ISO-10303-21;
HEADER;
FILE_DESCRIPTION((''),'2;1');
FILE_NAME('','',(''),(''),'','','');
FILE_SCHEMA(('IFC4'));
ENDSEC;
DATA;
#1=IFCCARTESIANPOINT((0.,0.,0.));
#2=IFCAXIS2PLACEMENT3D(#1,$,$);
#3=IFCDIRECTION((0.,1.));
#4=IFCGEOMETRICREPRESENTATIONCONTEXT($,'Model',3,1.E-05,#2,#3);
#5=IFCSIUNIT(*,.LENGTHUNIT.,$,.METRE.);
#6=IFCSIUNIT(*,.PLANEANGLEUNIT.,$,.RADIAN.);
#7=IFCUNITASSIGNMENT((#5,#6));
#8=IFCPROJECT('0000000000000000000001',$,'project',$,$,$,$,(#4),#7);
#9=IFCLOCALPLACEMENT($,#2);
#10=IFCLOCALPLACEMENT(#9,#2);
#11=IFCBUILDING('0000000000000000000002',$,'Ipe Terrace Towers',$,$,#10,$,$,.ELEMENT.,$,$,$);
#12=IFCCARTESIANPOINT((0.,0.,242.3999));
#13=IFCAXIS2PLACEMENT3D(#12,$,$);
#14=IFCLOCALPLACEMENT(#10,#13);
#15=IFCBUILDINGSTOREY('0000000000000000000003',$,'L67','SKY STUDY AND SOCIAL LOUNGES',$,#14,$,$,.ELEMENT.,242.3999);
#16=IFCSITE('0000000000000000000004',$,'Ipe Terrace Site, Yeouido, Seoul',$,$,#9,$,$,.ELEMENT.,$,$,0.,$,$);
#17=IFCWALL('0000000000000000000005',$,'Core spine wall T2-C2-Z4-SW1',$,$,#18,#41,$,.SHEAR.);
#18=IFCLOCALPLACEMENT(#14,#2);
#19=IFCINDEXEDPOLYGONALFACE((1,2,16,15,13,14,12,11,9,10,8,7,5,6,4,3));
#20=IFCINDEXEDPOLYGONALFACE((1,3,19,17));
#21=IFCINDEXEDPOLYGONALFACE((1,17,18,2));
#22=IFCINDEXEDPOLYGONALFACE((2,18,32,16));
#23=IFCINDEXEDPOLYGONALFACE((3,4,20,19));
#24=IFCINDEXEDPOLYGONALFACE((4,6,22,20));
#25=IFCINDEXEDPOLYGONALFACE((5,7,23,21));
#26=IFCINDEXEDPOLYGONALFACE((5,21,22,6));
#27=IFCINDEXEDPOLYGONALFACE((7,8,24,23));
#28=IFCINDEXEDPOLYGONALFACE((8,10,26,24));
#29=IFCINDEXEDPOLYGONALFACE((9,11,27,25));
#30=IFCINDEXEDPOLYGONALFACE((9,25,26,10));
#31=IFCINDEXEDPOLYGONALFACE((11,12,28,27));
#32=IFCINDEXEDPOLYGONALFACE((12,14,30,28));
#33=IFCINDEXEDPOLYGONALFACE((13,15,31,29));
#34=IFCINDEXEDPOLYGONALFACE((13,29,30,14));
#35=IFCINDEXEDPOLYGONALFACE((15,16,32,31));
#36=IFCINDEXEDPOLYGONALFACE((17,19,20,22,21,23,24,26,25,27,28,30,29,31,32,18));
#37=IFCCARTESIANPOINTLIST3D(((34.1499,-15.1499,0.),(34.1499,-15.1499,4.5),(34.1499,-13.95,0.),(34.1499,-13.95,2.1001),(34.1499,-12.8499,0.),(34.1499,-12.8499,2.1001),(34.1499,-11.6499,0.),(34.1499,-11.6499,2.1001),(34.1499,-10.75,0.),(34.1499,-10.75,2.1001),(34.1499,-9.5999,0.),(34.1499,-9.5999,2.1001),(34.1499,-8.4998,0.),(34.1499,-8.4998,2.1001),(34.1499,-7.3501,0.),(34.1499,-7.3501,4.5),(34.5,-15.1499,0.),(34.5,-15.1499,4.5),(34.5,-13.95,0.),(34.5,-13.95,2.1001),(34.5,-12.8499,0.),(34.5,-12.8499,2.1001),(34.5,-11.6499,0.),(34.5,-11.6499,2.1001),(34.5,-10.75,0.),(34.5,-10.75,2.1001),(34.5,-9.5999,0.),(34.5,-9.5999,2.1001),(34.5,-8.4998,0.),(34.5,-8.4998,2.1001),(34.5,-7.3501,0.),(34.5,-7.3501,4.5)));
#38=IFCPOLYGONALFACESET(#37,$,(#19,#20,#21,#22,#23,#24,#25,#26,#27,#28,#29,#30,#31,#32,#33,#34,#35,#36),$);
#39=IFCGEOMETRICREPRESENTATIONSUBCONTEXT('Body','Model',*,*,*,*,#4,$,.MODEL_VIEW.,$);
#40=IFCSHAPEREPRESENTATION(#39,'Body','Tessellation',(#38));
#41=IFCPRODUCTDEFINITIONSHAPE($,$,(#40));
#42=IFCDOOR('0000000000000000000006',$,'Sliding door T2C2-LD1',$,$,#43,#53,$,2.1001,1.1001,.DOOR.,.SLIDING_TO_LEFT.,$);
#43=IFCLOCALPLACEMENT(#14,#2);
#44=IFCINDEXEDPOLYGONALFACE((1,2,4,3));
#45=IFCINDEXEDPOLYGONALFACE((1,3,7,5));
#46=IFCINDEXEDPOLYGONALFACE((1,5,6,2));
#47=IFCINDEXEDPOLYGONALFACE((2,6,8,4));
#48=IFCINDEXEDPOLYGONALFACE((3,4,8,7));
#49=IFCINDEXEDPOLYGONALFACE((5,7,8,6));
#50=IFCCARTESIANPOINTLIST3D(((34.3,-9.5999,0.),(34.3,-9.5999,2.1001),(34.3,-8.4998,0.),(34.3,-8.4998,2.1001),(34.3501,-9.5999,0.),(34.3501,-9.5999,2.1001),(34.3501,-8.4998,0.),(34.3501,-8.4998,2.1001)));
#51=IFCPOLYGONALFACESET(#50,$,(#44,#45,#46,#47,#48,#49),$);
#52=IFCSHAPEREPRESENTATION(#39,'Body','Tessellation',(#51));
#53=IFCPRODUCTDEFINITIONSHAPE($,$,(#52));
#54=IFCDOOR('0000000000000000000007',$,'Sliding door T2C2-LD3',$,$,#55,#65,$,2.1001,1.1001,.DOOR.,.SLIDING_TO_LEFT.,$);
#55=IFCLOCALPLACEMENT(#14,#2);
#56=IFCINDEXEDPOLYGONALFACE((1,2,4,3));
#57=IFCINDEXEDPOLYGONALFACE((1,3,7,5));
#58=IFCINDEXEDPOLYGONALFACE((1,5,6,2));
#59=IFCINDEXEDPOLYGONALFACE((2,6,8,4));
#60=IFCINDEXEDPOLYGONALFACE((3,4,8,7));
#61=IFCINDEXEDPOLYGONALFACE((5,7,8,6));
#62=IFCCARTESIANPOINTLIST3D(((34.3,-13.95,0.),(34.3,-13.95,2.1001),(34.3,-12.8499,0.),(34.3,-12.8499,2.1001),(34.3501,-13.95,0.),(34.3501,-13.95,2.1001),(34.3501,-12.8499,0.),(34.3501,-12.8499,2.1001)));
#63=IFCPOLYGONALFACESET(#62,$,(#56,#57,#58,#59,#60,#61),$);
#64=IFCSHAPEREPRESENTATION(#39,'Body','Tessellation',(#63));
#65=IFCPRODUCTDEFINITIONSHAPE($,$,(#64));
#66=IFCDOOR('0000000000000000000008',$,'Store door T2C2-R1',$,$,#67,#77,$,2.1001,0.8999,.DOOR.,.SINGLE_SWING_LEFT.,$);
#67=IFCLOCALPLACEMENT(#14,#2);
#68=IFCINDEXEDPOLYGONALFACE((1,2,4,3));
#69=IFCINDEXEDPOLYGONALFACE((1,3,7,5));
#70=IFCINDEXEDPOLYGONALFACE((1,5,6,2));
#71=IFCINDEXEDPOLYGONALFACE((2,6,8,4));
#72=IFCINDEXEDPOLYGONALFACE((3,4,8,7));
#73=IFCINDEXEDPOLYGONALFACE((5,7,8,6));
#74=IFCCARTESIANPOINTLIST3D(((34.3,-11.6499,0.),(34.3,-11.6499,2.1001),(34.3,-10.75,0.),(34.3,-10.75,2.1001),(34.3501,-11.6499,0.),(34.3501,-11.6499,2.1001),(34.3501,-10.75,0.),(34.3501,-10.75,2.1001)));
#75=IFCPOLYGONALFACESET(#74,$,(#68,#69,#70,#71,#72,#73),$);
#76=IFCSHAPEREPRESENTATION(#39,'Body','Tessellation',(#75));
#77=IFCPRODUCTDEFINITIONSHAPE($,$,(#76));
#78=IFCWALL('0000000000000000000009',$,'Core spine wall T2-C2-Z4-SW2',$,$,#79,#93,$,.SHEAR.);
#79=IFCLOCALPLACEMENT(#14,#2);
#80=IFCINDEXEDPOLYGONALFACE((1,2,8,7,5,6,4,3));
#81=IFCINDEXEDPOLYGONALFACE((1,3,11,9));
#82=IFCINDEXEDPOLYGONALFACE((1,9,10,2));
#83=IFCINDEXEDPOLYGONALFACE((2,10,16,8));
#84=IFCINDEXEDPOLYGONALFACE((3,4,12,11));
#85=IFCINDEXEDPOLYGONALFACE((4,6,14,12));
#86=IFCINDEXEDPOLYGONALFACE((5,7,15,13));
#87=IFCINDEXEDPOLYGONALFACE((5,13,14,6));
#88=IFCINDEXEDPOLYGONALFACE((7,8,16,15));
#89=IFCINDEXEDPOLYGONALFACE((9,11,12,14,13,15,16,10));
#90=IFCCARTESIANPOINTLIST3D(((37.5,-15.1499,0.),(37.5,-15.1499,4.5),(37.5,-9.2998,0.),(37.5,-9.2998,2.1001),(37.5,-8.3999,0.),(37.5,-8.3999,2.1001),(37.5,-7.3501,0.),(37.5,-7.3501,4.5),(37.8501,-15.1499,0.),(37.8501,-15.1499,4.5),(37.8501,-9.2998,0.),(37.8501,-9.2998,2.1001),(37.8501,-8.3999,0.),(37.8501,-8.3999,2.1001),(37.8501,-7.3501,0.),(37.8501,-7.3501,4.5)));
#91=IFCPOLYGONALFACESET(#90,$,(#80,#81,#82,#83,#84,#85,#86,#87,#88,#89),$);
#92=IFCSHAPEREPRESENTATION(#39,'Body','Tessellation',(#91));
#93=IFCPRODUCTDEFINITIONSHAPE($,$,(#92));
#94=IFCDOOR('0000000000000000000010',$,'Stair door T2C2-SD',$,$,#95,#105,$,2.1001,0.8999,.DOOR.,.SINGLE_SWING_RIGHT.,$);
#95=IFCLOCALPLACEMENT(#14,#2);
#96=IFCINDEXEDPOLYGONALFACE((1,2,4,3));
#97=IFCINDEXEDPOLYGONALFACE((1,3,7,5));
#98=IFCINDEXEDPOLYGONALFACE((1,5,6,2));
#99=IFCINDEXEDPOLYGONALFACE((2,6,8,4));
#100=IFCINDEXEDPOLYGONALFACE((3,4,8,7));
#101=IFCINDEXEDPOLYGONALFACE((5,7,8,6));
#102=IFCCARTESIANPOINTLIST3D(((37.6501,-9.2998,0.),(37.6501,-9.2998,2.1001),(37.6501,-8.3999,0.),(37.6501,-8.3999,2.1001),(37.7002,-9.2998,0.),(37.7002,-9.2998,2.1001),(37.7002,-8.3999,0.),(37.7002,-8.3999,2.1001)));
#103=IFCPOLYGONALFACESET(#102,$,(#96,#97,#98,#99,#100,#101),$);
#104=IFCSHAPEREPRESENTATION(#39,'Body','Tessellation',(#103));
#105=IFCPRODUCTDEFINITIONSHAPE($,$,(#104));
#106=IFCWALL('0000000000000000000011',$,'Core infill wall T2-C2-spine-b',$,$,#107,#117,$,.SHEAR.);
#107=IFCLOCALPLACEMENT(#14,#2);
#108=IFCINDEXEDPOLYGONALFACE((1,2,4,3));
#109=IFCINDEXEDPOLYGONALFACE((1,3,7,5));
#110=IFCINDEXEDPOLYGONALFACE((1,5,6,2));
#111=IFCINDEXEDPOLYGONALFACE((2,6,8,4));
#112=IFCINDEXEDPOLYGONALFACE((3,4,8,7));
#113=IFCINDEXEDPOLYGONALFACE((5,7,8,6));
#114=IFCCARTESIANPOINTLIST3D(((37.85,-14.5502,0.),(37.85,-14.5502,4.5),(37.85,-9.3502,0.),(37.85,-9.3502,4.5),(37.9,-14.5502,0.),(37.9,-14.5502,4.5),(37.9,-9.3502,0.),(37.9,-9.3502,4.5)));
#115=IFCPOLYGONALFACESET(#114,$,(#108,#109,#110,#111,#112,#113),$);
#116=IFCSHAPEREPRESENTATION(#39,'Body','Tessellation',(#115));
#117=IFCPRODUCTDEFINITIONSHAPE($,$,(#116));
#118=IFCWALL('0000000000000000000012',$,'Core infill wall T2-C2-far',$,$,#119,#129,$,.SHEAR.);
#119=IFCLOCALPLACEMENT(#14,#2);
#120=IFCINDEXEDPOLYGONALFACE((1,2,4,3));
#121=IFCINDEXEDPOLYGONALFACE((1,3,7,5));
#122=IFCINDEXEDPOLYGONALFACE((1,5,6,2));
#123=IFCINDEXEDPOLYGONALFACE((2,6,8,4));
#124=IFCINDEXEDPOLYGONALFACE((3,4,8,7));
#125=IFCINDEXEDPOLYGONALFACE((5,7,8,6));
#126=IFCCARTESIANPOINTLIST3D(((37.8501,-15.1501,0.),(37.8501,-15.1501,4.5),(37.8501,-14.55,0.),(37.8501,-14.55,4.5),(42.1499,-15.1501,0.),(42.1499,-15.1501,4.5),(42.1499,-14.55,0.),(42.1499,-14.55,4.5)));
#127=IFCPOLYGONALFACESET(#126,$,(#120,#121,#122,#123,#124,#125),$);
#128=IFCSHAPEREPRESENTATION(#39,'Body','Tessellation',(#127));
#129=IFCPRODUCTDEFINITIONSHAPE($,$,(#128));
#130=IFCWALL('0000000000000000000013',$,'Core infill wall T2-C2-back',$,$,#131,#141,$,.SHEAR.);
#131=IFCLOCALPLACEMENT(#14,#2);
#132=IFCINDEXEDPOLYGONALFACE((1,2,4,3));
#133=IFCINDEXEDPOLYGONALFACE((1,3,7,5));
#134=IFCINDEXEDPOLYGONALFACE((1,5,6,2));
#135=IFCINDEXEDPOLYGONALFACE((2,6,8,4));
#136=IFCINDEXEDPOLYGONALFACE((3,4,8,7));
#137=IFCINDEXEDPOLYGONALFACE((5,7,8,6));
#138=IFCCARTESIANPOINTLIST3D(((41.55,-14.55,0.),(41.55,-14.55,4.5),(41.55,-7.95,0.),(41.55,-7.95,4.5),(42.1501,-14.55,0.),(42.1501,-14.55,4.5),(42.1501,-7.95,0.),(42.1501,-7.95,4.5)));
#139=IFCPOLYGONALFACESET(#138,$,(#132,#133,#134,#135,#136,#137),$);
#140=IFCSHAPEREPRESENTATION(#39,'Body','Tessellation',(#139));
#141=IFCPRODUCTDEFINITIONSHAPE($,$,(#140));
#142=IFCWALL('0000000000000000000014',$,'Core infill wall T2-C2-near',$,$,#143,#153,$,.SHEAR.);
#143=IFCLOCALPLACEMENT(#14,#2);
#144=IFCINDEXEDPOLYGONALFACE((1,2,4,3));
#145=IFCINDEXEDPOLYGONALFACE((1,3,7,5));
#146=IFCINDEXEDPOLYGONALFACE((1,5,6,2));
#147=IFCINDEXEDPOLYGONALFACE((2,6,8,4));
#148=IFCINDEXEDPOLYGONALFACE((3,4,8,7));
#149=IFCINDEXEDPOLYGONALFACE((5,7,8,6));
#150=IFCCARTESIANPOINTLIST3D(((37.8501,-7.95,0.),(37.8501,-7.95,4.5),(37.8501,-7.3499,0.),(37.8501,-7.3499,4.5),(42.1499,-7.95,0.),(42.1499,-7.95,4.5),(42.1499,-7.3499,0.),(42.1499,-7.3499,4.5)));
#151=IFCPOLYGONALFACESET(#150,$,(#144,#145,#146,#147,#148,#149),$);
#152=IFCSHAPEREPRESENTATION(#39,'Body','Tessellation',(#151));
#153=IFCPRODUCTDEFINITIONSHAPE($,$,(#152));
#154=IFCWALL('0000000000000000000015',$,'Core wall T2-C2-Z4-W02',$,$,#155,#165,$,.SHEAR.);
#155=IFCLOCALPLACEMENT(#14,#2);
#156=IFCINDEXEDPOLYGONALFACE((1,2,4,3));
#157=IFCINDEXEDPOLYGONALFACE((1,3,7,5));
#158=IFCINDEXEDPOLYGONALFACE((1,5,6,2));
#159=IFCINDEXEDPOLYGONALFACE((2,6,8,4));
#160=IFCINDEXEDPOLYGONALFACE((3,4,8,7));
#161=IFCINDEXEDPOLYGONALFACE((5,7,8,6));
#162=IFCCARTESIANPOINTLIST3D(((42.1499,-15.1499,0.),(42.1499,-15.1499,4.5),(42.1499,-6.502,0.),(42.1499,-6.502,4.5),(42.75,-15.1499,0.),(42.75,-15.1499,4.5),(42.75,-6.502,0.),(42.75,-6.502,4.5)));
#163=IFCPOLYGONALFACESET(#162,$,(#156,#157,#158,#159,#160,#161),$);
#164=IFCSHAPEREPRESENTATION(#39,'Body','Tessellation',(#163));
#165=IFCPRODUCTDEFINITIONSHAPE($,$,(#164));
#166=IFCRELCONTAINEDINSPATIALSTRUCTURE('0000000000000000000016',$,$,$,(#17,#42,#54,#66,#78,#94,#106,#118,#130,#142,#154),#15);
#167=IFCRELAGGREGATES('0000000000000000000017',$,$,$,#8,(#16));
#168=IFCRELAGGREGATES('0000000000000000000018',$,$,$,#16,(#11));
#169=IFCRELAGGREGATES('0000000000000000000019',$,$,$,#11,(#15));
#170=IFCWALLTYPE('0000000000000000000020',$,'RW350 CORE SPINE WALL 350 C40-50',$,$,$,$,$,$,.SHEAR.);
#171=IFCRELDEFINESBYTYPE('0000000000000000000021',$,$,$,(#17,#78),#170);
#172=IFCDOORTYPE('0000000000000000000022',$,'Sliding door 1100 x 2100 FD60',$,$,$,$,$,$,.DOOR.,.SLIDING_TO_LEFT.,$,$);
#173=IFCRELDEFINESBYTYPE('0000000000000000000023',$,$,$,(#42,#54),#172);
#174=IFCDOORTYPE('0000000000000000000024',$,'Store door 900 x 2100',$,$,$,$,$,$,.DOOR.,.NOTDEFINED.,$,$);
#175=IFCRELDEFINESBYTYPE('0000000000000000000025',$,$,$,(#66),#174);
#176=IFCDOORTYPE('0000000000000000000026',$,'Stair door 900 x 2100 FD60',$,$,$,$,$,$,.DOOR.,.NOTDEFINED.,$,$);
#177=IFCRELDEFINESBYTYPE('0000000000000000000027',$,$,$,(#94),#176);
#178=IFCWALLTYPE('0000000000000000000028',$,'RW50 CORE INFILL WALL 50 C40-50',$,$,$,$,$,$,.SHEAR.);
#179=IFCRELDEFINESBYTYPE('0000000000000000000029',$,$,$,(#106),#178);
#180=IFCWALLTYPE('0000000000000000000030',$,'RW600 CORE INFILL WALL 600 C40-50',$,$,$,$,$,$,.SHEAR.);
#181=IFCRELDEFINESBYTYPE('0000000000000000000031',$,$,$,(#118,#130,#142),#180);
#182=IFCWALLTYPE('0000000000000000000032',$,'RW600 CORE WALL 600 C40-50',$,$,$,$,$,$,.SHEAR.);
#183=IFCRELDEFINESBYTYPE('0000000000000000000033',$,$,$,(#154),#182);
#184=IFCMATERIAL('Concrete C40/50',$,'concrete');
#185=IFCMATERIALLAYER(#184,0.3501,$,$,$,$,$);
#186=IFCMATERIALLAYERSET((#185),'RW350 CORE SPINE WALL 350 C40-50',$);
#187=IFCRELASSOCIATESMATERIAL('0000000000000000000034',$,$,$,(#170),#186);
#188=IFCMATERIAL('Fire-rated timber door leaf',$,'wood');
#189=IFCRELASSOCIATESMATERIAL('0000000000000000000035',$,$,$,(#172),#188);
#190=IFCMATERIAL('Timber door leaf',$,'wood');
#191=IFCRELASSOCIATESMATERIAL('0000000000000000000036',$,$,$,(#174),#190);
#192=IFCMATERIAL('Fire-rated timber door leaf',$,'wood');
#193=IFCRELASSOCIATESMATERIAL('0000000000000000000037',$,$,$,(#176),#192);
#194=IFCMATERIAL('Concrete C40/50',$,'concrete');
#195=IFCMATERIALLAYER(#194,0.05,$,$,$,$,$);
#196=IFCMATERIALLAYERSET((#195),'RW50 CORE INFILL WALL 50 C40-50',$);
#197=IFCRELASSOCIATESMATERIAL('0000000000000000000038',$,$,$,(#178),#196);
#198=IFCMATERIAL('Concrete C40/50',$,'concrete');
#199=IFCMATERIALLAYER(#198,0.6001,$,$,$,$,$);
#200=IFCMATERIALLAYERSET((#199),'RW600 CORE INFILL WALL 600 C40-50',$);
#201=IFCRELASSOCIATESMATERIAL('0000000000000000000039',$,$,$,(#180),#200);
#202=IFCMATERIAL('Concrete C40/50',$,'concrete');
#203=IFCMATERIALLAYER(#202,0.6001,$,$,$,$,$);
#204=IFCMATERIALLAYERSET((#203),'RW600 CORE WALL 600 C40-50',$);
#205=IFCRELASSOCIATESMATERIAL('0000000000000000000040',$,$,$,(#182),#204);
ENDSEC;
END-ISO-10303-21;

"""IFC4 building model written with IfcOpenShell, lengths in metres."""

from ifc_helpers import new_model, si_unit, direction, frame, frame_2d, origin, place, context, subcontext, project, spatial, rectangle, extrude, material, layer, layer_set, type_object, element, fill, save


model = new_model("IFC4")

# Units and contexts
model_context = context("Model", 3, precision=1e-05, world=origin(), true_north=direction((0.0, 1.0)))
body_context = subcontext(model_context, "Body", "Model", "MODEL_VIEW")
ifc_project = project(units=[si_unit("LENGTHUNIT", "METRE"), si_unit("PLANEANGLEUNIT", "RADIAN")], contexts=[model_context])

# Site, building, storey
site_placement = place(None, origin())
site = spatial("IfcSite", under=ifc_project, at=site_placement, Name="Ipe Terrace Site, Yeouido, Seoul", CompositionType="ELEMENT", RefElevation=0.0)
building_placement = place(site_placement, origin())
building = spatial("IfcBuilding", under=site, at=building_placement, Name="Ipe Terrace Towers", CompositionType="ELEMENT")
storey_placement = place(building_placement, frame((0.0, 0.0, 242.3999)))
storey = spatial("IfcBuildingStorey", under=building, at=storey_placement, Name="L67", Description="SKY STUDY AND SOCIAL LOUNGES", CompositionType="ELEMENT", Elevation=242.3999)

# Wall, openings, doors
ifc_material_1 = material(Name="Concrete C40/50", Category="concrete")
ifc_layer_1 = layer(ifc_material_1, 0.3501)
ifc_layer_set_1 = layer_set([ifc_layer_1], Name="RW350 CORE SPINE WALL 350 C40-50")
wall_type_1 = type_object("IfcWallType", Name="RW350 CORE SPINE WALL 350 C40-50", PredefinedType="SHEAR", material=ifc_layer_set_1)
wall_1_placement = place(storey_placement, frame((34.325, -15.1499, 0.0), z_axis=(0.0, 0.0, 1.0), x_axis=(0.0, 1.0, 0.0)))
wall_1 = element("IfcWall", 1, at=wall_1_placement, inside=storey, type_object=wall_type_1, Name="Core spine wall T2-C2-Z4-SW1", PredefinedType="SHEAR", context=body_context, shape_type="SweptSolid", body=[
    extrude(rectangle(XDim=7.7998, YDim=0.3501, at=frame_2d((3.8999, 0.0))), origin(), (0.0, 0.0, 1.0), 4.5),
])
opening_1_placement = place(wall_1_placement, frame((5.55, 0.0, 0.0)))
opening_1 = element("IfcOpeningElement", 2, at=opening_1_placement, cuts=wall_1, PredefinedType="OPENING", context=body_context, shape_type="SweptSolid", body=[
    extrude(rectangle(XDim=1.1001, YDim=2.1001, at=frame_2d((0.55, 1.05))), frame((0.0, 0.1851, 0.0), z_axis=(0.0, -1.0, 0.0), x_axis=(1.0, 0.0, 0.0)), (0.0, 0.0, 1.0), 0.3701),
])
opening_2_placement = place(wall_1_placement, frame((1.2, 0.0, 0.0)))
opening_2 = element("IfcOpeningElement", 3, at=opening_2_placement, cuts=wall_1, PredefinedType="OPENING", context=body_context, shape_type="SweptSolid", body=[
    extrude(rectangle(XDim=1.1001, YDim=2.1001, at=frame_2d((0.55, 1.05))), frame((0.0, 0.1851, 0.0), z_axis=(0.0, -1.0, 0.0), x_axis=(1.0, 0.0, 0.0)), (0.0, 0.0, 1.0), 0.3701),
])
opening_3_placement = place(wall_1_placement, frame((3.5, 0.0, 0.0)))
opening_3 = element("IfcOpeningElement", 4, at=opening_3_placement, cuts=wall_1, PredefinedType="OPENING", context=body_context, shape_type="SweptSolid", body=[
    extrude(rectangle(XDim=0.8999, YDim=2.1001, at=frame_2d((0.45, 1.05))), frame((0.0, 0.1851, 0.0), z_axis=(0.0, -1.0, 0.0), x_axis=(1.0, 0.0, 0.0)), (0.0, 0.0, 1.0), 0.3701),
])
ifc_material_2 = material(Name="Fire-rated timber door leaf", Category="wood")
door_type_1 = type_object("IfcDoorType", Name="Sliding door 1100 x 2100 FD60", OperationType="SLIDING_TO_LEFT", PredefinedType="DOOR", material=ifc_material_2)
door_1_placement = place(opening_1_placement, origin())
door_1 = element("IfcDoor", 5, at=door_1_placement, inside=storey, type_object=door_type_1, Name="Sliding door T2C2-LD1", OperationType="SLIDING_TO_LEFT", OverallHeight=2.1001, OverallWidth=1.1001, PredefinedType="DOOR", context=body_context, shape_type="SweptSolid", body=[
    extrude(rectangle(XDim=1.1001, YDim=2.1001, at=frame_2d((0.55, 1.05))), frame((0.0, 0.0249, 0.0), z_axis=(0.0, -1.0, 0.0), x_axis=(1.0, 0.0, 0.0)), (0.0, 0.0, 1.0), 0.05),
])
fill(opening_1, door_1)
door_2_placement = place(opening_2_placement, origin())
door_2 = element("IfcDoor", 6, at=door_2_placement, inside=storey, type_object=door_type_1, Name="Sliding door T2C2-LD3", OperationType="SLIDING_TO_LEFT", OverallHeight=2.1001, OverallWidth=1.1001, PredefinedType="DOOR", context=body_context, shape_type="SweptSolid", body=[
    extrude(rectangle(XDim=1.1001, YDim=2.1001, at=frame_2d((0.55, 1.05))), frame((0.0, 0.0249, 0.0), z_axis=(0.0, -1.0, 0.0), x_axis=(1.0, 0.0, 0.0)), (0.0, 0.0, 1.0), 0.05),
])
fill(opening_2, door_2)
ifc_material_3 = material(Name="Timber door leaf", Category="wood")
door_type_2 = type_object("IfcDoorType", Name="Store door 900 x 2100", OperationType="NOTDEFINED", PredefinedType="DOOR", material=ifc_material_3)
door_3_placement = place(opening_3_placement, origin())
door_3 = element("IfcDoor", 7, at=door_3_placement, inside=storey, type_object=door_type_2, Name="Store door T2C2-R1", OperationType="SINGLE_SWING_LEFT", OverallHeight=2.1001, OverallWidth=0.8999, PredefinedType="DOOR", context=body_context, shape_type="SweptSolid", body=[
    extrude(rectangle(XDim=0.8999, YDim=2.1001, at=frame_2d((0.45, 1.05))), frame((0.0, 0.0249, 0.0), z_axis=(0.0, -1.0, 0.0), x_axis=(1.0, 0.0, 0.0)), (0.0, 0.0, 1.0), 0.05),
])
fill(opening_3, door_3)

# Wall, opening, door
wall_2_placement = place(storey_placement, frame((37.675, -15.1499, 0.0), z_axis=(0.0, 0.0, 1.0), x_axis=(0.0, 1.0, 0.0)))
wall_2 = element("IfcWall", 8, at=wall_2_placement, inside=storey, type_object=wall_type_1, Name="Core spine wall T2-C2-Z4-SW2", PredefinedType="SHEAR", context=body_context, shape_type="SweptSolid", body=[
    extrude(rectangle(XDim=7.7998, YDim=0.3501, at=frame_2d((3.8999, 0.0))), origin(), (0.0, 0.0, 1.0), 4.5),
])
opening_4_placement = place(wall_2_placement, frame((5.8501, 0.0, 0.0)))
opening_4 = element("IfcOpeningElement", 9, at=opening_4_placement, cuts=wall_2, PredefinedType="OPENING", context=body_context, shape_type="SweptSolid", body=[
    extrude(rectangle(XDim=0.8999, YDim=2.1001, at=frame_2d((0.45, 1.05))), frame((0.0, 0.1851, 0.0), z_axis=(0.0, -1.0, 0.0), x_axis=(1.0, 0.0, 0.0)), (0.0, 0.0, 1.0), 0.3701),
])
ifc_material_4 = material(Name="Fire-rated timber door leaf", Category="wood")
door_type_3 = type_object("IfcDoorType", Name="Stair door 900 x 2100 FD60", OperationType="NOTDEFINED", PredefinedType="DOOR", material=ifc_material_4)
door_4_placement = place(opening_4_placement, origin())
door_4 = element("IfcDoor", 10, at=door_4_placement, inside=storey, type_object=door_type_3, Name="Stair door T2C2-SD", OperationType="SINGLE_SWING_RIGHT", OverallHeight=2.1001, OverallWidth=0.8999, PredefinedType="DOOR", context=body_context, shape_type="SweptSolid", body=[
    extrude(rectangle(XDim=0.8999, YDim=2.1001, at=frame_2d((0.45, 1.05))), frame((0.0, 0.0249, 0.0), z_axis=(0.0, -1.0, 0.0), x_axis=(1.0, 0.0, 0.0)), (0.0, 0.0, 1.0), 0.05),
])
fill(opening_4, door_4)

# Walls
ifc_material_5 = material(Name="Concrete C40/50", Category="concrete")
ifc_layer_2 = layer(ifc_material_5, 0.05)
ifc_layer_set_2 = layer_set([ifc_layer_2], Name="RW50 CORE INFILL WALL 50 C40-50")
wall_type_2 = type_object("IfcWallType", Name="RW50 CORE INFILL WALL 50 C40-50", PredefinedType="SHEAR", material=ifc_layer_set_2)
wall_3_placement = place(storey_placement, frame((37.875, -9.3501, 0.0), z_axis=(0.0, 0.0, 1.0), x_axis=(0.0, -1.0, 0.0)))
element("IfcWall", 11, at=wall_3_placement, inside=storey, type_object=wall_type_2, Name="Core infill wall T2-C2-spine-b", PredefinedType="SHEAR", context=body_context, shape_type="SweptSolid", body=[
    extrude(rectangle(XDim=5.2, YDim=0.05, at=frame_2d((2.6001, 0.0))), origin(), (0.0, 0.0, 1.0), 4.5),
])
ifc_material_6 = material(Name="Concrete C40/50", Category="concrete")
ifc_layer_3 = layer(ifc_material_6, 0.6001)
ifc_layer_set_3 = layer_set([ifc_layer_3], Name="RW600 CORE INFILL WALL 600 C40-50")
wall_type_3 = type_object("IfcWallType", Name="RW600 CORE INFILL WALL 600 C40-50", PredefinedType="SHEAR", material=ifc_layer_set_3)
wall_4_placement = place(storey_placement, frame((37.8501, -14.8501, 0.0), z_axis=(0.0, 0.0, 1.0), x_axis=(1.0, 0.0, 0.0)))
element("IfcWall", 12, at=wall_4_placement, inside=storey, type_object=wall_type_3, Name="Core infill wall T2-C2-far", PredefinedType="SHEAR", context=body_context, shape_type="SweptSolid", body=[
    extrude(rectangle(XDim=4.2998, YDim=0.6001, at=frame_2d((2.1499, 0.0))), origin(), (0.0, 0.0, 1.0), 4.5),
])
wall_5_placement = place(storey_placement, frame((41.8501, -7.95, 0.0), z_axis=(0.0, 0.0, 1.0), x_axis=(0.0, -1.0, 0.0)))
element("IfcWall", 13, at=wall_5_placement, inside=storey, type_object=wall_type_3, Name="Core infill wall T2-C2-back", PredefinedType="SHEAR", context=body_context, shape_type="SweptSolid", body=[
    extrude(rectangle(XDim=6.6001, YDim=0.6001, at=frame_2d((3.3, 0.0))), origin(), (0.0, 0.0, 1.0), 4.5),
])
wall_6_placement = place(storey_placement, frame((37.8501, -7.6499, 0.0), z_axis=(0.0, 0.0, 1.0), x_axis=(1.0, 0.0, 0.0)))
element("IfcWall", 14, at=wall_6_placement, inside=storey, type_object=wall_type_3, Name="Core infill wall T2-C2-near", PredefinedType="SHEAR", context=body_context, shape_type="SweptSolid", body=[
    extrude(rectangle(XDim=4.2998, YDim=0.6001, at=frame_2d((2.1499, 0.0))), origin(), (0.0, 0.0, 1.0), 4.5),
])
ifc_material_7 = material(Name="Concrete C40/50", Category="concrete")
ifc_layer_4 = layer(ifc_material_7, 0.6001)
ifc_layer_set_4 = layer_set([ifc_layer_4], Name="RW600 CORE WALL 600 C40-50")
wall_type_4 = type_object("IfcWallType", Name="RW600 CORE WALL 600 C40-50", PredefinedType="SHEAR", material=ifc_layer_set_4)
wall_7_placement = place(storey_placement, frame((42.45, -15.1499, 0.0), z_axis=(0.0, 0.0, 1.0), x_axis=(0.0, 1.0, 0.0)))
element("IfcWall", 15, at=wall_7_placement, inside=storey, type_object=wall_type_4, Name="Core wall T2-C2-Z4-W02", PredefinedType="SHEAR", context=body_context, shape_type="SweptSolid", body=[
    extrude(rectangle(XDim=8.6479, YDim=0.6001, at=frame_2d((4.324, 0.0))), origin(), (0.0, 0.0, 1.0), 4.5),
])

save(model, "model.ifc")
